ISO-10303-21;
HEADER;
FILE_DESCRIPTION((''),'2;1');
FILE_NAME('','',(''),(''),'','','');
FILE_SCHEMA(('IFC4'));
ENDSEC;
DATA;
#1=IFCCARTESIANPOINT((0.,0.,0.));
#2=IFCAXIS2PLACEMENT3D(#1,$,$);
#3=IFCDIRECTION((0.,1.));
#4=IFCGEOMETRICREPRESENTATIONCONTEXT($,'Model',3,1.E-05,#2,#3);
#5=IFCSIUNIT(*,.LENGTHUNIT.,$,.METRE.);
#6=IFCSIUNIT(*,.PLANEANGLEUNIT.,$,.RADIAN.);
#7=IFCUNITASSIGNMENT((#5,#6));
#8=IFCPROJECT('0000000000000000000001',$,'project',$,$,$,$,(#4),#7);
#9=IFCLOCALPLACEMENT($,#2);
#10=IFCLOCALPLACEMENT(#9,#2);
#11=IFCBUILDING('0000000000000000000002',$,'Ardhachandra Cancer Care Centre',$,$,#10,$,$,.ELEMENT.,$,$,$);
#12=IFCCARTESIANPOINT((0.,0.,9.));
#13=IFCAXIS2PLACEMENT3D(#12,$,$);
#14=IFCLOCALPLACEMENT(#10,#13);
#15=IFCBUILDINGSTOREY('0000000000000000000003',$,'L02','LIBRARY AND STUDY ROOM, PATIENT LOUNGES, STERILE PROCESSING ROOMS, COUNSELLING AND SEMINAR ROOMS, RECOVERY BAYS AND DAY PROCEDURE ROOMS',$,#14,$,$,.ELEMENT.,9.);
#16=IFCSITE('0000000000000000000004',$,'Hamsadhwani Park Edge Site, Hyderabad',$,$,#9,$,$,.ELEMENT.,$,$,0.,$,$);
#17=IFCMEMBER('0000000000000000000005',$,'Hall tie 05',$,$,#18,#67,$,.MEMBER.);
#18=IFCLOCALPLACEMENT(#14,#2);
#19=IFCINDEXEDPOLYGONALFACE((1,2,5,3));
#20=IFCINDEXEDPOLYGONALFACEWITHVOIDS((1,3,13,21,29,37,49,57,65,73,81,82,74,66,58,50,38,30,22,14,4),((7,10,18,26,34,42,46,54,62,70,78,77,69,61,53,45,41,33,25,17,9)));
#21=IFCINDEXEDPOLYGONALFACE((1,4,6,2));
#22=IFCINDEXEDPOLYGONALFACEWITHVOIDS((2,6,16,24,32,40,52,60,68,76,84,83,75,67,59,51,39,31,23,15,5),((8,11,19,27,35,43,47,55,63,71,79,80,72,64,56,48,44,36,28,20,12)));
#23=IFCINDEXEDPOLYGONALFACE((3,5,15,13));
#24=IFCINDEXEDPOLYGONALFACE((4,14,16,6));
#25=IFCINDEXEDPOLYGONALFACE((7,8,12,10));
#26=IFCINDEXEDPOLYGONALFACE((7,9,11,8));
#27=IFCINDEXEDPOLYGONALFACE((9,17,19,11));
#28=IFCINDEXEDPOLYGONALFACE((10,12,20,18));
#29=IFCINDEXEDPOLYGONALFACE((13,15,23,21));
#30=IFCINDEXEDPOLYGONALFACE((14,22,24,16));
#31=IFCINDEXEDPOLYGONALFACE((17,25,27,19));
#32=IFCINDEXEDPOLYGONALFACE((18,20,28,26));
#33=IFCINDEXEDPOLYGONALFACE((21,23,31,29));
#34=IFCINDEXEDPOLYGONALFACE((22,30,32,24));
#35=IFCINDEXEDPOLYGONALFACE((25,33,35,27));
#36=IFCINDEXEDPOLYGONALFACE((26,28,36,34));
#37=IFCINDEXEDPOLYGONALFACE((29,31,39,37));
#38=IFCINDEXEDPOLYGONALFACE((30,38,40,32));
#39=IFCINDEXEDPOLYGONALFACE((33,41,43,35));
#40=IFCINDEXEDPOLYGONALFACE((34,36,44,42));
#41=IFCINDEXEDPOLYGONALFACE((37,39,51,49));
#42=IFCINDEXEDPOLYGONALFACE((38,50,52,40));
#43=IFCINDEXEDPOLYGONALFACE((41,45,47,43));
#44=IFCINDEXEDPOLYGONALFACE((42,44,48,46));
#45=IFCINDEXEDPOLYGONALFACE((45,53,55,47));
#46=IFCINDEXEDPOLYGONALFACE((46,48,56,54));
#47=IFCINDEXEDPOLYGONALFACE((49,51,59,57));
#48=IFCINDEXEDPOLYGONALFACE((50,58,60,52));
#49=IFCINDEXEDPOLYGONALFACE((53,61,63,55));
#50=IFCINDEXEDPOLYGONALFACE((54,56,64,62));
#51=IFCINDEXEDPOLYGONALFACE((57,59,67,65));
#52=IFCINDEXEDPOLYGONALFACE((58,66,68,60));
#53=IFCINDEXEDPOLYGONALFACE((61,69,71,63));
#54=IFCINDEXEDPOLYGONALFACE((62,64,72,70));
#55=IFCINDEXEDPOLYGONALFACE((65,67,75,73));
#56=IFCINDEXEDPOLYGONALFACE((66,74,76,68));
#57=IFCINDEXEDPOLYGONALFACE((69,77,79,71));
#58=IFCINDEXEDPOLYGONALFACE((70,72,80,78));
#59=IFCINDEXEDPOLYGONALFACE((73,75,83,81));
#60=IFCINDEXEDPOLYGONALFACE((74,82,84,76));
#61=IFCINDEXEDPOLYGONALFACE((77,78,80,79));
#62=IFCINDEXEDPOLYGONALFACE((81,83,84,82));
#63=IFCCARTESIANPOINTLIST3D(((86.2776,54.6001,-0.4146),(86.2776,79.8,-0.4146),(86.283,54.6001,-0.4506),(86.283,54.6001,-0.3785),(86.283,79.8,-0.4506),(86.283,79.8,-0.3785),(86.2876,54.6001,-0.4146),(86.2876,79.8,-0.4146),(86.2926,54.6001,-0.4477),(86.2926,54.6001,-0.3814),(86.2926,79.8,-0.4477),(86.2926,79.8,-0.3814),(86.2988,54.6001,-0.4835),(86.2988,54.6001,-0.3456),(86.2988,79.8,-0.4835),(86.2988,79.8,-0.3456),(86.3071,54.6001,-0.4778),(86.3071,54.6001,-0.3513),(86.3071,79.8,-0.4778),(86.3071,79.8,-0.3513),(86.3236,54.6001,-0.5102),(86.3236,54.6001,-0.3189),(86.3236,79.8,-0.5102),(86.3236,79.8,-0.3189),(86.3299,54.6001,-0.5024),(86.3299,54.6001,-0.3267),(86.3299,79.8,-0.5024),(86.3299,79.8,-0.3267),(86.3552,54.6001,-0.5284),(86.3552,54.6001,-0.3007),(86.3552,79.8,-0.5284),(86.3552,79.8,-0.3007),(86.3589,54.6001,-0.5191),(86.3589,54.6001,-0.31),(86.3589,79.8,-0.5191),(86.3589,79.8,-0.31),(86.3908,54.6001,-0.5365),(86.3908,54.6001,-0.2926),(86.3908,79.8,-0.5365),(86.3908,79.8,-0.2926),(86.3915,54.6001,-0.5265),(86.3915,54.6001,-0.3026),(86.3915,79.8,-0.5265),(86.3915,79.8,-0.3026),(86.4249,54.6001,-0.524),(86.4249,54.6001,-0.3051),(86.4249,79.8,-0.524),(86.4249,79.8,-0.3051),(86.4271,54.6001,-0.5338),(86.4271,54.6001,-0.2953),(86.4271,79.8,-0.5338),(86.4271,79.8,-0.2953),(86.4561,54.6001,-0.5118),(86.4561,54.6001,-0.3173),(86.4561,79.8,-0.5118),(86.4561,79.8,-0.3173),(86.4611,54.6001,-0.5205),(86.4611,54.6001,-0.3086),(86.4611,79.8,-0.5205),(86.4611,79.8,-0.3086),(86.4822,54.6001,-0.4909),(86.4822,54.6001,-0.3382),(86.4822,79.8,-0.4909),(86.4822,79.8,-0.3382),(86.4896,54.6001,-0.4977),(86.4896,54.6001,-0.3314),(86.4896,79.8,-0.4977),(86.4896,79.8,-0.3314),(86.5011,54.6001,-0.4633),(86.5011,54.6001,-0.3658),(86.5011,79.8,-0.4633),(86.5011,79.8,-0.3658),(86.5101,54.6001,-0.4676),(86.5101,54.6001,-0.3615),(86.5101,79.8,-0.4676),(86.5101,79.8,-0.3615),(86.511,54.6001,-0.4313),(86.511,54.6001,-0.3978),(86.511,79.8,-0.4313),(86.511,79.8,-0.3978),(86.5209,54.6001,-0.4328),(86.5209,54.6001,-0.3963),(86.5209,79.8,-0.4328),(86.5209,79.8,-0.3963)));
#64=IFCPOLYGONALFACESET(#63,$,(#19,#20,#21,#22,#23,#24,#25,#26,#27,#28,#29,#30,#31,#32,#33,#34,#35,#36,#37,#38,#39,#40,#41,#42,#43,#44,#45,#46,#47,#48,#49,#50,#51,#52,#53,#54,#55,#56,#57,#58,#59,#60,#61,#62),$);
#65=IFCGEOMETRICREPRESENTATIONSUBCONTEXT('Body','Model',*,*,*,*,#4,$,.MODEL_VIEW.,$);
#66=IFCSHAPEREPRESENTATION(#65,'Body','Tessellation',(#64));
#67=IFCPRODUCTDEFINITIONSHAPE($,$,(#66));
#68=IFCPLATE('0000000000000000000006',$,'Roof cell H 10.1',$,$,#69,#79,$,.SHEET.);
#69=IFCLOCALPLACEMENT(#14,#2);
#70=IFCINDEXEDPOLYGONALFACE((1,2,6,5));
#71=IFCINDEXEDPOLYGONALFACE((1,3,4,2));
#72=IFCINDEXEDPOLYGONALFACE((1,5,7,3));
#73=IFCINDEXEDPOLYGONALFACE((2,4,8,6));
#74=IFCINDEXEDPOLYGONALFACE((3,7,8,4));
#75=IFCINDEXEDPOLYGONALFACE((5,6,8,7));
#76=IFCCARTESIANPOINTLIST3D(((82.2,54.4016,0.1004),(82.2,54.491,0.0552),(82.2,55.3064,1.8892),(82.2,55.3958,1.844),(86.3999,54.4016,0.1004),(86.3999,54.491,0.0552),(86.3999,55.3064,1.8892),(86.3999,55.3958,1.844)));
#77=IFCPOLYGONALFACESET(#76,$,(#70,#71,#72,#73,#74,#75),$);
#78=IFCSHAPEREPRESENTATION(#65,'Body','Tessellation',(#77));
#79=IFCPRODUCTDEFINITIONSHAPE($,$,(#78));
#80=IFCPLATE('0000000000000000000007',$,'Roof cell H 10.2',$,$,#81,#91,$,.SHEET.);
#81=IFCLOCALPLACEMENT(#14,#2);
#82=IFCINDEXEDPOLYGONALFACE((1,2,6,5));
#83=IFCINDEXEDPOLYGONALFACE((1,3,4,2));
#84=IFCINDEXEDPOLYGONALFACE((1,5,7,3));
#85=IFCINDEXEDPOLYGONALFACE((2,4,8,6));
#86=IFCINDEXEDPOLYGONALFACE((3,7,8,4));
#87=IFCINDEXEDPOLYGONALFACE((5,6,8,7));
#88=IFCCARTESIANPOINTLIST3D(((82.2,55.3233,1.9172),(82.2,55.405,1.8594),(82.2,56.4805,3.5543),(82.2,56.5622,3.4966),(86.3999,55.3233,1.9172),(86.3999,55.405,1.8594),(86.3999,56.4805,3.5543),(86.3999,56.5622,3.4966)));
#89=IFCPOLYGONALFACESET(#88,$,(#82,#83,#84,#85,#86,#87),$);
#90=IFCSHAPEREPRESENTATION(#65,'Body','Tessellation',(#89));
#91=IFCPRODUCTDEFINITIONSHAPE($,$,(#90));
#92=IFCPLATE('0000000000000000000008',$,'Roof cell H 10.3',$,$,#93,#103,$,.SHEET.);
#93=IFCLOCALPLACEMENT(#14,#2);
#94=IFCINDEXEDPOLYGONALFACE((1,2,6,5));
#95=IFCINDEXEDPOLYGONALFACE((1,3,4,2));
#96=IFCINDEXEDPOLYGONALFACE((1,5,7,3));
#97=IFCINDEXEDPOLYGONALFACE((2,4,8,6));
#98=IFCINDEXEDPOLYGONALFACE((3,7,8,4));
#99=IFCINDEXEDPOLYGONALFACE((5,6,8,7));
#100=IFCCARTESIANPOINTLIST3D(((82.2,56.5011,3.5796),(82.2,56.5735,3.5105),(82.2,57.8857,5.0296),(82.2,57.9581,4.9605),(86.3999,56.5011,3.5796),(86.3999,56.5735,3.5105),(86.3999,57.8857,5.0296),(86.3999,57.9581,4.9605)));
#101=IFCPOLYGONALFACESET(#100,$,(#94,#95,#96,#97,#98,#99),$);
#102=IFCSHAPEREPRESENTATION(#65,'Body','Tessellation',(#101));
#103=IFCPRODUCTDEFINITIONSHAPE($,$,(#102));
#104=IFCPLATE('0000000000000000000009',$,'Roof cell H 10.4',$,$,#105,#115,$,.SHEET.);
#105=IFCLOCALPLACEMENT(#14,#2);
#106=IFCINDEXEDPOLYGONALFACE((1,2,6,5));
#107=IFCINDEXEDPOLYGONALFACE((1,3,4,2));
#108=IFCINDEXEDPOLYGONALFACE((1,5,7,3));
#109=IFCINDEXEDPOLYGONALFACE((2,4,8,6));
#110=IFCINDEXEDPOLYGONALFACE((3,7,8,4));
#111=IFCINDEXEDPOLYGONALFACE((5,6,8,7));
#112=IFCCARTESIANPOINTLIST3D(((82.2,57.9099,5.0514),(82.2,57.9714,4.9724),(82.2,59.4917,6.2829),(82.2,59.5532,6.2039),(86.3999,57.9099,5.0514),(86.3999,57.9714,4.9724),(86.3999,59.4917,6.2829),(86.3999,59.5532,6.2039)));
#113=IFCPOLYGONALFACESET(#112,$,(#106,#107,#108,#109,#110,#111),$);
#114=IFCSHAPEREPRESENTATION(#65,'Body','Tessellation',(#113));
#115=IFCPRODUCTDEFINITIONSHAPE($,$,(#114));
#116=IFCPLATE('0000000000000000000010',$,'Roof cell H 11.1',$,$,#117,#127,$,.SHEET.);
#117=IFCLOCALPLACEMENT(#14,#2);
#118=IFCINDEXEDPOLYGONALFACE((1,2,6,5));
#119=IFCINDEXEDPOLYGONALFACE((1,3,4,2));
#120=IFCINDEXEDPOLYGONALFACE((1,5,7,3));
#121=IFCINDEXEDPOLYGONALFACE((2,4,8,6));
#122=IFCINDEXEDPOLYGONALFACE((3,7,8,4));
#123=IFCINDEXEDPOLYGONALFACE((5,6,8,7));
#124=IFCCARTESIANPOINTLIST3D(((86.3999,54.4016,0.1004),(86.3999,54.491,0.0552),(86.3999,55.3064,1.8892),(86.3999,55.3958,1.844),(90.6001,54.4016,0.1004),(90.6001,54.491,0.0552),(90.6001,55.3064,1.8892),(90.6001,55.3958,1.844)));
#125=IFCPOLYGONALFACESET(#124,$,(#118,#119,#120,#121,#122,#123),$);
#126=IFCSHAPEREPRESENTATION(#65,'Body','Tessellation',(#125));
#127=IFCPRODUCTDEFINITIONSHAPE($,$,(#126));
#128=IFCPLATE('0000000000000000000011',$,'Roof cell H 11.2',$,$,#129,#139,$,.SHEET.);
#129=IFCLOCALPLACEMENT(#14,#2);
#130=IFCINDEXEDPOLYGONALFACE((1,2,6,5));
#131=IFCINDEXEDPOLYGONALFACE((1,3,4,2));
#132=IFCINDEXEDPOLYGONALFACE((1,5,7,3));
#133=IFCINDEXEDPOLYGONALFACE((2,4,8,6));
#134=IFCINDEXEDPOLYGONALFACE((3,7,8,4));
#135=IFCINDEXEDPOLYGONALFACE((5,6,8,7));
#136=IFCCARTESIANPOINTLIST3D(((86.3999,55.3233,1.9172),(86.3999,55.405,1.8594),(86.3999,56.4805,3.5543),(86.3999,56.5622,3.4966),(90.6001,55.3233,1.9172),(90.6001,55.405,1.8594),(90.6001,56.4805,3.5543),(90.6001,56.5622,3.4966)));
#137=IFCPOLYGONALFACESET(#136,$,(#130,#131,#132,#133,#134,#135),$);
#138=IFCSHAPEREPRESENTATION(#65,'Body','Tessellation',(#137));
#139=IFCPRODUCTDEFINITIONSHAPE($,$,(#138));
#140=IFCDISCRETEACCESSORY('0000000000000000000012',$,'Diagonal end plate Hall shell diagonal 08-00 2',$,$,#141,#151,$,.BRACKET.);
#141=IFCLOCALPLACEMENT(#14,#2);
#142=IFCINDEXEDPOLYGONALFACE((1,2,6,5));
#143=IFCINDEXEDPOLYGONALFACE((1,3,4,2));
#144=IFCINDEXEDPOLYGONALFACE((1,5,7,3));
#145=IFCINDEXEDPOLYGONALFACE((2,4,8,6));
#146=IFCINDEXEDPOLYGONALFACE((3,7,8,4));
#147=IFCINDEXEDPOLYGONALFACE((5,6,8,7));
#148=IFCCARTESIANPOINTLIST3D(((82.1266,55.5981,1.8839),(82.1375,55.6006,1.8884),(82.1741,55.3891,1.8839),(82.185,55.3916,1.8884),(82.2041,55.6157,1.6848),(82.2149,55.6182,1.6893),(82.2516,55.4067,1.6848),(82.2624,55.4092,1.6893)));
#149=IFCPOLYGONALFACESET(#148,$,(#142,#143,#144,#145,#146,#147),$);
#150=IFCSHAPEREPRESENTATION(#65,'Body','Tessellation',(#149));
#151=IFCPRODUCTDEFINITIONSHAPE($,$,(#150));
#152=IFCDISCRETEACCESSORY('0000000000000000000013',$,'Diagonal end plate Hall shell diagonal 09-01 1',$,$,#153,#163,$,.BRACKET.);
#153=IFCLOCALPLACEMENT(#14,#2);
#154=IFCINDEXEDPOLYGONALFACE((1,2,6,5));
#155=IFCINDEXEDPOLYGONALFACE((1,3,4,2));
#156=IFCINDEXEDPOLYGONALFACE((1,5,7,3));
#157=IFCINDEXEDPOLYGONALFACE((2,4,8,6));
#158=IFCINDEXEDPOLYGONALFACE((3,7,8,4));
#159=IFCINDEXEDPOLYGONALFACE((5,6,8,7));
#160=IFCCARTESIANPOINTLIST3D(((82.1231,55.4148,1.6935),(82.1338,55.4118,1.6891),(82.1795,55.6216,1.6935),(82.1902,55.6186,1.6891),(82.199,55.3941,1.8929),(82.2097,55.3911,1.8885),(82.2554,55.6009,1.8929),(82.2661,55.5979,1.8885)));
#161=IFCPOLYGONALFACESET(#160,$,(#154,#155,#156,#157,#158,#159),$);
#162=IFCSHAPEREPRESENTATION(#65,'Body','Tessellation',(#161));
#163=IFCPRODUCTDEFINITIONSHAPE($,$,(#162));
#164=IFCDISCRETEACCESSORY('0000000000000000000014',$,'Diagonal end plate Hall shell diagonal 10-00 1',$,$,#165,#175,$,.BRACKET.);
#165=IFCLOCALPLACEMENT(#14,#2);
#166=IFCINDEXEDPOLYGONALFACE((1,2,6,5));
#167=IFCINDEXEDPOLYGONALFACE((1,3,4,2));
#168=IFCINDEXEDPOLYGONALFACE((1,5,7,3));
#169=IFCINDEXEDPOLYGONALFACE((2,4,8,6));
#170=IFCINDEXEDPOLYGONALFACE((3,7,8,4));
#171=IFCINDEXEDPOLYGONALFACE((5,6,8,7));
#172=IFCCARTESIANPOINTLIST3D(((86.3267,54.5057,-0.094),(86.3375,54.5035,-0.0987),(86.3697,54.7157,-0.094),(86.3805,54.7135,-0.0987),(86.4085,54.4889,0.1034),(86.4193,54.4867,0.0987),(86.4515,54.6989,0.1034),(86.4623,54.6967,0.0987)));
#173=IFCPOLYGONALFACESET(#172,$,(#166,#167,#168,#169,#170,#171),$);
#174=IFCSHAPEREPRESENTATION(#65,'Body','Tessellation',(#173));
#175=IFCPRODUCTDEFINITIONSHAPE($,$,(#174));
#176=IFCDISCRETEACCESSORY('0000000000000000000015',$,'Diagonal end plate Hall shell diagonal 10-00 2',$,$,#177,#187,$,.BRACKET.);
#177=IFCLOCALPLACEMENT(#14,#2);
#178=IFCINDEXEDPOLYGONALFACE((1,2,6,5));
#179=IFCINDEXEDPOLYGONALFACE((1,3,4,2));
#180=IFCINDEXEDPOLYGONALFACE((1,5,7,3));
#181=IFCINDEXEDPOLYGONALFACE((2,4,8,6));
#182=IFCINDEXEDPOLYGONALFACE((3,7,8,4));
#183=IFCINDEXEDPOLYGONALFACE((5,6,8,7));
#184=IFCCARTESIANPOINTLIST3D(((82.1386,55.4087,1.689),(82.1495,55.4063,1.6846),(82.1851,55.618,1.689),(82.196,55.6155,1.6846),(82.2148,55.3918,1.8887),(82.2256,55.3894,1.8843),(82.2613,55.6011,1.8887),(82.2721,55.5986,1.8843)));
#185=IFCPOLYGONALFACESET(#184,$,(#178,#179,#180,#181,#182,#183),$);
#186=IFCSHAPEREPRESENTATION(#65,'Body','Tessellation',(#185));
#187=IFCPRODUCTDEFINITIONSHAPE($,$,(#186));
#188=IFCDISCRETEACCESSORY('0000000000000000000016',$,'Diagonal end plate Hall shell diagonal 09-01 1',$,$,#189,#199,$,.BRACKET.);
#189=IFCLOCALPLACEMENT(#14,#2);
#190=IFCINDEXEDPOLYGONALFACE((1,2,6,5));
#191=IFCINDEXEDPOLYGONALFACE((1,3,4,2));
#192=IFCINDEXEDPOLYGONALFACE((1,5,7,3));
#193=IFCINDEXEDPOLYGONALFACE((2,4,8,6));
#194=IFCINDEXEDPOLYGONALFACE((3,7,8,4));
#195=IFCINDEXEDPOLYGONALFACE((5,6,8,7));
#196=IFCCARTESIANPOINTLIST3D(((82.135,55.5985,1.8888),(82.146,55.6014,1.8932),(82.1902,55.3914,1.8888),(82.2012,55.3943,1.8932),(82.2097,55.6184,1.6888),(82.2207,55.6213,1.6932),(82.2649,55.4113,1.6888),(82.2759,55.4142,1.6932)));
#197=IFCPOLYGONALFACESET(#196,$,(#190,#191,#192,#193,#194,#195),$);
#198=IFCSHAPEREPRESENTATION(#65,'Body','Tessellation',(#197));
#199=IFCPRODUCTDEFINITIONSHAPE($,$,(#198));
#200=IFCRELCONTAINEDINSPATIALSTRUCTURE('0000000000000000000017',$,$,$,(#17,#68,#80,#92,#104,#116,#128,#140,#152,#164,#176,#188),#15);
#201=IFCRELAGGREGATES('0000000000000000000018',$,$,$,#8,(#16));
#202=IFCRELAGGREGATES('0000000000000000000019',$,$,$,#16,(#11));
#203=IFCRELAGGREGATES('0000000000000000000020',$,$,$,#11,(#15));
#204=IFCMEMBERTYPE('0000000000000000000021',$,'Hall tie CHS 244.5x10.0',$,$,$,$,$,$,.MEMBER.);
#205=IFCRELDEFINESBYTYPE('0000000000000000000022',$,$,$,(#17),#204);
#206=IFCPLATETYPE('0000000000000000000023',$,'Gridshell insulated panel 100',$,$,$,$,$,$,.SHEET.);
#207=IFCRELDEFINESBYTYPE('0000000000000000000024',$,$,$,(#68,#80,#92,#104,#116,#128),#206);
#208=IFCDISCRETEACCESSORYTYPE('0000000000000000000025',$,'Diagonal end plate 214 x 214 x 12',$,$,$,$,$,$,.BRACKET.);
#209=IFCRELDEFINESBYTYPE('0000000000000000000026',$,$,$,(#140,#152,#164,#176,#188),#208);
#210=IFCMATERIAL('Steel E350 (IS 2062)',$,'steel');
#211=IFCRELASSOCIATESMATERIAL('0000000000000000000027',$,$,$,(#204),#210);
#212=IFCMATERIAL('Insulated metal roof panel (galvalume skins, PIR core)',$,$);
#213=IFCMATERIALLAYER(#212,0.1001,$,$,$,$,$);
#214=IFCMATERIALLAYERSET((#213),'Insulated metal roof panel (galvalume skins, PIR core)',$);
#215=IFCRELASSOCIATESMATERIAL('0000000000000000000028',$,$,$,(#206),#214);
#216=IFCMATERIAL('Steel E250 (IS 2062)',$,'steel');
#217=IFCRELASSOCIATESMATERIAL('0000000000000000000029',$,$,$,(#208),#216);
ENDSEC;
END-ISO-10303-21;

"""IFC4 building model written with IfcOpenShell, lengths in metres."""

from ifc_helpers import new_model, si_unit, direction, frame, origin, origin_2d, place, context, subcontext, project, spatial, polyline, rectangle, hollow_circle, outline, extrude, material, layer, layer_set, material_profile, profile_set, type_object, element, save


model = new_model("IFC4")

# Units and contexts
model_context = context("Model", 3, precision=1e-05, world=origin(), true_north=direction((0.0, 1.0)))
body_context = subcontext(model_context, "Body", "Model", "MODEL_VIEW")
ifc_project = project(units=[si_unit("LENGTHUNIT", "METRE"), si_unit("PLANEANGLEUNIT", "RADIAN")], contexts=[model_context])

# Site, building, storey
site_placement = place(None, origin())
site = spatial("IfcSite", under=ifc_project, at=site_placement, Name="Hamsadhwani Park Edge Site, Hyderabad", CompositionType="ELEMENT", RefElevation=0.0)
building_placement = place(site_placement, origin())
building = spatial("IfcBuilding", under=site, at=building_placement, Name="Ardhachandra Cancer Care Centre", CompositionType="ELEMENT")
storey_placement = place(building_placement, frame((0.0, 0.0, 9.0)))
storey = spatial("IfcBuildingStorey", under=building, at=storey_placement, Name="L02", Description="LIBRARY AND STUDY ROOM, PATIENT LOUNGES, STERILE PROCESSING ROOMS, COUNSELLING AND SEMINAR ROOMS, RECOVERY BAYS AND DAY PROCEDURE ROOMS", CompositionType="ELEMENT", Elevation=9.0)

# Member
ifc_material_1 = material(Name="Steel E350 (IS 2062)", Category="steel")
ifc_material_profile_1 = material_profile(ifc_material_1, hollow_circle(Radius=0.1223, WallThickness=0.01, at=origin_2d()), Name="CHS 244.5x10.0")
ifc_profile_set_1 = profile_set([ifc_material_profile_1], Name="Steel E350 (IS 2062)")
member_type_1 = type_object("IfcMemberType", Name="Hall tie CHS 244.5x10.0", PredefinedType="MEMBER", material=ifc_profile_set_1)
member_1_placement = place(storey_placement, frame((86.3999, 54.6001, -0.4146), z_axis=(0.0, 1.0, 0.0), x_axis=(-1.0, 0.0, 0.0)))
element("IfcMember", 1, at=member_1_placement, inside=storey, type_object=member_type_1, Name="Hall tie 05", PredefinedType="MEMBER", context=body_context, shape_type="SweptSolid", body=[
    extrude(hollow_circle(Radius=0.1223, WallThickness=0.01, at=origin_2d()), origin(), (0.0, 0.0, 1.0), 25.2),
])

# Plates
ifc_material_2 = material(Name="Insulated metal roof panel (galvalume skins, PIR core)")
ifc_layer = layer(ifc_material_2, 0.1001)
ifc_layer_set = layer_set([ifc_layer], Name="Insulated metal roof panel (galvalume skins, PIR core)")
plate_type = type_object("IfcPlateType", Name="Gridshell insulated panel 100", PredefinedType="SHEET", material=ifc_layer_set)
plate_1_placement = place(storey_placement, frame((82.2, 54.491, 0.0552), z_axis=(0.0, -0.892347, 0.45135), x_axis=(1.0, 0.0, 0.0)))
element("IfcPlate", 2, at=plate_1_placement, inside=storey, type_object=plate_type, Name="Roof cell H 10.1", PredefinedType="SHEET", context=body_context, shape_type="SweptSolid", body=[
    extrude(outline(polyline([(0.0, 0.0), (4.2, 0.0), (4.2, 2.0046), (0.0, 2.0046), (0.0, 0.0)])), origin(), (0.0, 0.0, 1.0), 0.1001),
])
for number, where, z_axis, x_axis, name in (
    (3, (82.2, 55.405, 1.8594), (0.0, -0.816603, 0.577199), (1.0, 0.0, 0.0), "Roof cell H 10.2"),
    (4, (82.2, 56.5735, 3.5105), (0.0, -0.723237, 0.6906), (1.0, 0.0, 0.0), "Roof cell H 10.3"),
):
    element("IfcPlate", number, at=place(storey_placement, frame(where, z_axis=z_axis, x_axis=x_axis)), inside=storey, type_object=plate_type, Name=name, PredefinedType="SHEET", context=body_context, shape_type="SweptSolid", body=[
        extrude(outline(polyline([(0.0, 0.0), (4.2, 0.0), (4.2, 2.0049), (0.0, 2.0049), (0.0, 0.0)])), origin(), (0.0, 0.0, 1.0), 0.1001),
    ])
plate_2_placement = place(storey_placement, frame((82.2, 57.9714, 4.9724), z_axis=(0.0, -0.614303, 0.78907), x_axis=(1.0, 0.0, 0.0)))
element("IfcPlate", 5, at=plate_2_placement, inside=storey, type_object=plate_type, Name="Roof cell H 10.4", PredefinedType="SHEET", context=body_context, shape_type="SweptSolid", body=[
    extrude(outline(polyline([(0.0, 0.0), (4.2, 0.0), (4.2, 2.0046), (0.0, 2.0046), (0.0, 0.0)])), origin(), (0.0, 0.0, 1.0), 0.1001),
])
plate_3_placement = place(storey_placement, frame((86.3999, 54.491, 0.0552), z_axis=(0.0, -0.892347, 0.45135), x_axis=(1.0, 0.0, 0.0)))
element("IfcPlate", 6, at=plate_3_placement, inside=storey, type_object=plate_type, Name="Roof cell H 11.1", PredefinedType="SHEET", context=body_context, shape_type="SweptSolid", body=[
    extrude(outline(polyline([(0.0, 0.0), (4.2002, 0.0), (4.2002, 2.0046), (0.0, 2.0046), (0.0, 0.0)])), origin(), (0.0, 0.0, 1.0), 0.1001),
])
plate_4_placement = place(storey_placement, frame((86.3999, 55.405, 1.8594), z_axis=(0.0, -0.816603, 0.577199), x_axis=(1.0, 0.0, 0.0)))
element("IfcPlate", 7, at=plate_4_placement, inside=storey, type_object=plate_type, Name="Roof cell H 11.2", PredefinedType="SHEET", context=body_context, shape_type="SweptSolid", body=[
    extrude(outline(polyline([(0.0, 0.0), (4.2002, 0.0), (4.2002, 2.0049), (0.0, 2.0049), (0.0, 0.0)])), origin(), (0.0, 0.0, 1.0), 0.1001),
])

# Discrete accessories
ifc_material_3 = material(Name="Steel E250 (IS 2062)", Category="steel")
ifc_material_profile_2 = material_profile(ifc_material_3, rectangle(XDim=0.2144, YDim=0.2144, at=origin_2d()), Name="PL 214x214x12")
ifc_profile_set_2 = profile_set([ifc_material_profile_2], Name="Steel E250 (IS 2062)")
discrete_accessory_type = type_object("IfcDiscreteAccessoryType", Name="Diagonal end plate 214 x 214 x 12", PredefinedType="BRACKET", material=ifc_profile_set_2)
for number, where, z_axis, x_axis, name in (
    (8, (82.2, 55.5049, 1.7888), (-0.905726, -0.205847, -0.370524), (0.221621, -0.975133, 0.0), "Diagonal end plate Hall shell diagonal 08-00 2"),
    (9, (82.2, 55.5049, 1.7888), (-0.897399, 0.244745, 0.367118), (-0.263117, -0.964764, 0.0), "Diagonal end plate Hall shell diagonal 09-01 1"),
    (10, (86.3999, 54.6001, 0.0), (-0.902291, 0.18456, 0.389626), (-0.200396, -0.979715, 0.0), "Diagonal end plate Hall shell diagonal 10-00 1"),
    (11, (82.2, 55.5049, 1.7888), (0.909323, -0.202072, -0.363729), (0.21693, 0.976187, 0.0), "Diagonal end plate Hall shell diagonal 10-00 2"),
):
    element("IfcDiscreteAccessory", number, at=place(storey_placement, frame(where, z_axis=z_axis, x_axis=x_axis)), inside=storey, type_object=discrete_accessory_type, Name=name, PredefinedType="BRACKET", context=body_context, shape_type="SweptSolid", body=[
        extrude(rectangle(XDim=0.2144, YDim=0.2144, at=origin_2d()), origin(), (0.0, 0.0, 1.0), 0.012),
    ])
for number, where, z_axis, x_axis, name in (
    (12, (82.2, 55.5049, 1.7888), (0.901263, 0.240337, 0.360505), (-0.257663, 0.966235, 0.0), "Diagonal end plate Hall shell diagonal 09-01 1"),
):
    element("IfcDiscreteAccessory", number, at=place(storey_placement, frame(where, z_axis=z_axis, x_axis=x_axis)), inside=storey, type_object=discrete_accessory_type, Name=name, PredefinedType="BRACKET", context=body_context, shape_type="SweptSolid", body=[
        extrude(rectangle(XDim=0.2144, YDim=0.2144, at=origin_2d()), origin(), (0.0, 0.0, 1.0), 0.0122),
    ])

save(model, "model.ifc")
